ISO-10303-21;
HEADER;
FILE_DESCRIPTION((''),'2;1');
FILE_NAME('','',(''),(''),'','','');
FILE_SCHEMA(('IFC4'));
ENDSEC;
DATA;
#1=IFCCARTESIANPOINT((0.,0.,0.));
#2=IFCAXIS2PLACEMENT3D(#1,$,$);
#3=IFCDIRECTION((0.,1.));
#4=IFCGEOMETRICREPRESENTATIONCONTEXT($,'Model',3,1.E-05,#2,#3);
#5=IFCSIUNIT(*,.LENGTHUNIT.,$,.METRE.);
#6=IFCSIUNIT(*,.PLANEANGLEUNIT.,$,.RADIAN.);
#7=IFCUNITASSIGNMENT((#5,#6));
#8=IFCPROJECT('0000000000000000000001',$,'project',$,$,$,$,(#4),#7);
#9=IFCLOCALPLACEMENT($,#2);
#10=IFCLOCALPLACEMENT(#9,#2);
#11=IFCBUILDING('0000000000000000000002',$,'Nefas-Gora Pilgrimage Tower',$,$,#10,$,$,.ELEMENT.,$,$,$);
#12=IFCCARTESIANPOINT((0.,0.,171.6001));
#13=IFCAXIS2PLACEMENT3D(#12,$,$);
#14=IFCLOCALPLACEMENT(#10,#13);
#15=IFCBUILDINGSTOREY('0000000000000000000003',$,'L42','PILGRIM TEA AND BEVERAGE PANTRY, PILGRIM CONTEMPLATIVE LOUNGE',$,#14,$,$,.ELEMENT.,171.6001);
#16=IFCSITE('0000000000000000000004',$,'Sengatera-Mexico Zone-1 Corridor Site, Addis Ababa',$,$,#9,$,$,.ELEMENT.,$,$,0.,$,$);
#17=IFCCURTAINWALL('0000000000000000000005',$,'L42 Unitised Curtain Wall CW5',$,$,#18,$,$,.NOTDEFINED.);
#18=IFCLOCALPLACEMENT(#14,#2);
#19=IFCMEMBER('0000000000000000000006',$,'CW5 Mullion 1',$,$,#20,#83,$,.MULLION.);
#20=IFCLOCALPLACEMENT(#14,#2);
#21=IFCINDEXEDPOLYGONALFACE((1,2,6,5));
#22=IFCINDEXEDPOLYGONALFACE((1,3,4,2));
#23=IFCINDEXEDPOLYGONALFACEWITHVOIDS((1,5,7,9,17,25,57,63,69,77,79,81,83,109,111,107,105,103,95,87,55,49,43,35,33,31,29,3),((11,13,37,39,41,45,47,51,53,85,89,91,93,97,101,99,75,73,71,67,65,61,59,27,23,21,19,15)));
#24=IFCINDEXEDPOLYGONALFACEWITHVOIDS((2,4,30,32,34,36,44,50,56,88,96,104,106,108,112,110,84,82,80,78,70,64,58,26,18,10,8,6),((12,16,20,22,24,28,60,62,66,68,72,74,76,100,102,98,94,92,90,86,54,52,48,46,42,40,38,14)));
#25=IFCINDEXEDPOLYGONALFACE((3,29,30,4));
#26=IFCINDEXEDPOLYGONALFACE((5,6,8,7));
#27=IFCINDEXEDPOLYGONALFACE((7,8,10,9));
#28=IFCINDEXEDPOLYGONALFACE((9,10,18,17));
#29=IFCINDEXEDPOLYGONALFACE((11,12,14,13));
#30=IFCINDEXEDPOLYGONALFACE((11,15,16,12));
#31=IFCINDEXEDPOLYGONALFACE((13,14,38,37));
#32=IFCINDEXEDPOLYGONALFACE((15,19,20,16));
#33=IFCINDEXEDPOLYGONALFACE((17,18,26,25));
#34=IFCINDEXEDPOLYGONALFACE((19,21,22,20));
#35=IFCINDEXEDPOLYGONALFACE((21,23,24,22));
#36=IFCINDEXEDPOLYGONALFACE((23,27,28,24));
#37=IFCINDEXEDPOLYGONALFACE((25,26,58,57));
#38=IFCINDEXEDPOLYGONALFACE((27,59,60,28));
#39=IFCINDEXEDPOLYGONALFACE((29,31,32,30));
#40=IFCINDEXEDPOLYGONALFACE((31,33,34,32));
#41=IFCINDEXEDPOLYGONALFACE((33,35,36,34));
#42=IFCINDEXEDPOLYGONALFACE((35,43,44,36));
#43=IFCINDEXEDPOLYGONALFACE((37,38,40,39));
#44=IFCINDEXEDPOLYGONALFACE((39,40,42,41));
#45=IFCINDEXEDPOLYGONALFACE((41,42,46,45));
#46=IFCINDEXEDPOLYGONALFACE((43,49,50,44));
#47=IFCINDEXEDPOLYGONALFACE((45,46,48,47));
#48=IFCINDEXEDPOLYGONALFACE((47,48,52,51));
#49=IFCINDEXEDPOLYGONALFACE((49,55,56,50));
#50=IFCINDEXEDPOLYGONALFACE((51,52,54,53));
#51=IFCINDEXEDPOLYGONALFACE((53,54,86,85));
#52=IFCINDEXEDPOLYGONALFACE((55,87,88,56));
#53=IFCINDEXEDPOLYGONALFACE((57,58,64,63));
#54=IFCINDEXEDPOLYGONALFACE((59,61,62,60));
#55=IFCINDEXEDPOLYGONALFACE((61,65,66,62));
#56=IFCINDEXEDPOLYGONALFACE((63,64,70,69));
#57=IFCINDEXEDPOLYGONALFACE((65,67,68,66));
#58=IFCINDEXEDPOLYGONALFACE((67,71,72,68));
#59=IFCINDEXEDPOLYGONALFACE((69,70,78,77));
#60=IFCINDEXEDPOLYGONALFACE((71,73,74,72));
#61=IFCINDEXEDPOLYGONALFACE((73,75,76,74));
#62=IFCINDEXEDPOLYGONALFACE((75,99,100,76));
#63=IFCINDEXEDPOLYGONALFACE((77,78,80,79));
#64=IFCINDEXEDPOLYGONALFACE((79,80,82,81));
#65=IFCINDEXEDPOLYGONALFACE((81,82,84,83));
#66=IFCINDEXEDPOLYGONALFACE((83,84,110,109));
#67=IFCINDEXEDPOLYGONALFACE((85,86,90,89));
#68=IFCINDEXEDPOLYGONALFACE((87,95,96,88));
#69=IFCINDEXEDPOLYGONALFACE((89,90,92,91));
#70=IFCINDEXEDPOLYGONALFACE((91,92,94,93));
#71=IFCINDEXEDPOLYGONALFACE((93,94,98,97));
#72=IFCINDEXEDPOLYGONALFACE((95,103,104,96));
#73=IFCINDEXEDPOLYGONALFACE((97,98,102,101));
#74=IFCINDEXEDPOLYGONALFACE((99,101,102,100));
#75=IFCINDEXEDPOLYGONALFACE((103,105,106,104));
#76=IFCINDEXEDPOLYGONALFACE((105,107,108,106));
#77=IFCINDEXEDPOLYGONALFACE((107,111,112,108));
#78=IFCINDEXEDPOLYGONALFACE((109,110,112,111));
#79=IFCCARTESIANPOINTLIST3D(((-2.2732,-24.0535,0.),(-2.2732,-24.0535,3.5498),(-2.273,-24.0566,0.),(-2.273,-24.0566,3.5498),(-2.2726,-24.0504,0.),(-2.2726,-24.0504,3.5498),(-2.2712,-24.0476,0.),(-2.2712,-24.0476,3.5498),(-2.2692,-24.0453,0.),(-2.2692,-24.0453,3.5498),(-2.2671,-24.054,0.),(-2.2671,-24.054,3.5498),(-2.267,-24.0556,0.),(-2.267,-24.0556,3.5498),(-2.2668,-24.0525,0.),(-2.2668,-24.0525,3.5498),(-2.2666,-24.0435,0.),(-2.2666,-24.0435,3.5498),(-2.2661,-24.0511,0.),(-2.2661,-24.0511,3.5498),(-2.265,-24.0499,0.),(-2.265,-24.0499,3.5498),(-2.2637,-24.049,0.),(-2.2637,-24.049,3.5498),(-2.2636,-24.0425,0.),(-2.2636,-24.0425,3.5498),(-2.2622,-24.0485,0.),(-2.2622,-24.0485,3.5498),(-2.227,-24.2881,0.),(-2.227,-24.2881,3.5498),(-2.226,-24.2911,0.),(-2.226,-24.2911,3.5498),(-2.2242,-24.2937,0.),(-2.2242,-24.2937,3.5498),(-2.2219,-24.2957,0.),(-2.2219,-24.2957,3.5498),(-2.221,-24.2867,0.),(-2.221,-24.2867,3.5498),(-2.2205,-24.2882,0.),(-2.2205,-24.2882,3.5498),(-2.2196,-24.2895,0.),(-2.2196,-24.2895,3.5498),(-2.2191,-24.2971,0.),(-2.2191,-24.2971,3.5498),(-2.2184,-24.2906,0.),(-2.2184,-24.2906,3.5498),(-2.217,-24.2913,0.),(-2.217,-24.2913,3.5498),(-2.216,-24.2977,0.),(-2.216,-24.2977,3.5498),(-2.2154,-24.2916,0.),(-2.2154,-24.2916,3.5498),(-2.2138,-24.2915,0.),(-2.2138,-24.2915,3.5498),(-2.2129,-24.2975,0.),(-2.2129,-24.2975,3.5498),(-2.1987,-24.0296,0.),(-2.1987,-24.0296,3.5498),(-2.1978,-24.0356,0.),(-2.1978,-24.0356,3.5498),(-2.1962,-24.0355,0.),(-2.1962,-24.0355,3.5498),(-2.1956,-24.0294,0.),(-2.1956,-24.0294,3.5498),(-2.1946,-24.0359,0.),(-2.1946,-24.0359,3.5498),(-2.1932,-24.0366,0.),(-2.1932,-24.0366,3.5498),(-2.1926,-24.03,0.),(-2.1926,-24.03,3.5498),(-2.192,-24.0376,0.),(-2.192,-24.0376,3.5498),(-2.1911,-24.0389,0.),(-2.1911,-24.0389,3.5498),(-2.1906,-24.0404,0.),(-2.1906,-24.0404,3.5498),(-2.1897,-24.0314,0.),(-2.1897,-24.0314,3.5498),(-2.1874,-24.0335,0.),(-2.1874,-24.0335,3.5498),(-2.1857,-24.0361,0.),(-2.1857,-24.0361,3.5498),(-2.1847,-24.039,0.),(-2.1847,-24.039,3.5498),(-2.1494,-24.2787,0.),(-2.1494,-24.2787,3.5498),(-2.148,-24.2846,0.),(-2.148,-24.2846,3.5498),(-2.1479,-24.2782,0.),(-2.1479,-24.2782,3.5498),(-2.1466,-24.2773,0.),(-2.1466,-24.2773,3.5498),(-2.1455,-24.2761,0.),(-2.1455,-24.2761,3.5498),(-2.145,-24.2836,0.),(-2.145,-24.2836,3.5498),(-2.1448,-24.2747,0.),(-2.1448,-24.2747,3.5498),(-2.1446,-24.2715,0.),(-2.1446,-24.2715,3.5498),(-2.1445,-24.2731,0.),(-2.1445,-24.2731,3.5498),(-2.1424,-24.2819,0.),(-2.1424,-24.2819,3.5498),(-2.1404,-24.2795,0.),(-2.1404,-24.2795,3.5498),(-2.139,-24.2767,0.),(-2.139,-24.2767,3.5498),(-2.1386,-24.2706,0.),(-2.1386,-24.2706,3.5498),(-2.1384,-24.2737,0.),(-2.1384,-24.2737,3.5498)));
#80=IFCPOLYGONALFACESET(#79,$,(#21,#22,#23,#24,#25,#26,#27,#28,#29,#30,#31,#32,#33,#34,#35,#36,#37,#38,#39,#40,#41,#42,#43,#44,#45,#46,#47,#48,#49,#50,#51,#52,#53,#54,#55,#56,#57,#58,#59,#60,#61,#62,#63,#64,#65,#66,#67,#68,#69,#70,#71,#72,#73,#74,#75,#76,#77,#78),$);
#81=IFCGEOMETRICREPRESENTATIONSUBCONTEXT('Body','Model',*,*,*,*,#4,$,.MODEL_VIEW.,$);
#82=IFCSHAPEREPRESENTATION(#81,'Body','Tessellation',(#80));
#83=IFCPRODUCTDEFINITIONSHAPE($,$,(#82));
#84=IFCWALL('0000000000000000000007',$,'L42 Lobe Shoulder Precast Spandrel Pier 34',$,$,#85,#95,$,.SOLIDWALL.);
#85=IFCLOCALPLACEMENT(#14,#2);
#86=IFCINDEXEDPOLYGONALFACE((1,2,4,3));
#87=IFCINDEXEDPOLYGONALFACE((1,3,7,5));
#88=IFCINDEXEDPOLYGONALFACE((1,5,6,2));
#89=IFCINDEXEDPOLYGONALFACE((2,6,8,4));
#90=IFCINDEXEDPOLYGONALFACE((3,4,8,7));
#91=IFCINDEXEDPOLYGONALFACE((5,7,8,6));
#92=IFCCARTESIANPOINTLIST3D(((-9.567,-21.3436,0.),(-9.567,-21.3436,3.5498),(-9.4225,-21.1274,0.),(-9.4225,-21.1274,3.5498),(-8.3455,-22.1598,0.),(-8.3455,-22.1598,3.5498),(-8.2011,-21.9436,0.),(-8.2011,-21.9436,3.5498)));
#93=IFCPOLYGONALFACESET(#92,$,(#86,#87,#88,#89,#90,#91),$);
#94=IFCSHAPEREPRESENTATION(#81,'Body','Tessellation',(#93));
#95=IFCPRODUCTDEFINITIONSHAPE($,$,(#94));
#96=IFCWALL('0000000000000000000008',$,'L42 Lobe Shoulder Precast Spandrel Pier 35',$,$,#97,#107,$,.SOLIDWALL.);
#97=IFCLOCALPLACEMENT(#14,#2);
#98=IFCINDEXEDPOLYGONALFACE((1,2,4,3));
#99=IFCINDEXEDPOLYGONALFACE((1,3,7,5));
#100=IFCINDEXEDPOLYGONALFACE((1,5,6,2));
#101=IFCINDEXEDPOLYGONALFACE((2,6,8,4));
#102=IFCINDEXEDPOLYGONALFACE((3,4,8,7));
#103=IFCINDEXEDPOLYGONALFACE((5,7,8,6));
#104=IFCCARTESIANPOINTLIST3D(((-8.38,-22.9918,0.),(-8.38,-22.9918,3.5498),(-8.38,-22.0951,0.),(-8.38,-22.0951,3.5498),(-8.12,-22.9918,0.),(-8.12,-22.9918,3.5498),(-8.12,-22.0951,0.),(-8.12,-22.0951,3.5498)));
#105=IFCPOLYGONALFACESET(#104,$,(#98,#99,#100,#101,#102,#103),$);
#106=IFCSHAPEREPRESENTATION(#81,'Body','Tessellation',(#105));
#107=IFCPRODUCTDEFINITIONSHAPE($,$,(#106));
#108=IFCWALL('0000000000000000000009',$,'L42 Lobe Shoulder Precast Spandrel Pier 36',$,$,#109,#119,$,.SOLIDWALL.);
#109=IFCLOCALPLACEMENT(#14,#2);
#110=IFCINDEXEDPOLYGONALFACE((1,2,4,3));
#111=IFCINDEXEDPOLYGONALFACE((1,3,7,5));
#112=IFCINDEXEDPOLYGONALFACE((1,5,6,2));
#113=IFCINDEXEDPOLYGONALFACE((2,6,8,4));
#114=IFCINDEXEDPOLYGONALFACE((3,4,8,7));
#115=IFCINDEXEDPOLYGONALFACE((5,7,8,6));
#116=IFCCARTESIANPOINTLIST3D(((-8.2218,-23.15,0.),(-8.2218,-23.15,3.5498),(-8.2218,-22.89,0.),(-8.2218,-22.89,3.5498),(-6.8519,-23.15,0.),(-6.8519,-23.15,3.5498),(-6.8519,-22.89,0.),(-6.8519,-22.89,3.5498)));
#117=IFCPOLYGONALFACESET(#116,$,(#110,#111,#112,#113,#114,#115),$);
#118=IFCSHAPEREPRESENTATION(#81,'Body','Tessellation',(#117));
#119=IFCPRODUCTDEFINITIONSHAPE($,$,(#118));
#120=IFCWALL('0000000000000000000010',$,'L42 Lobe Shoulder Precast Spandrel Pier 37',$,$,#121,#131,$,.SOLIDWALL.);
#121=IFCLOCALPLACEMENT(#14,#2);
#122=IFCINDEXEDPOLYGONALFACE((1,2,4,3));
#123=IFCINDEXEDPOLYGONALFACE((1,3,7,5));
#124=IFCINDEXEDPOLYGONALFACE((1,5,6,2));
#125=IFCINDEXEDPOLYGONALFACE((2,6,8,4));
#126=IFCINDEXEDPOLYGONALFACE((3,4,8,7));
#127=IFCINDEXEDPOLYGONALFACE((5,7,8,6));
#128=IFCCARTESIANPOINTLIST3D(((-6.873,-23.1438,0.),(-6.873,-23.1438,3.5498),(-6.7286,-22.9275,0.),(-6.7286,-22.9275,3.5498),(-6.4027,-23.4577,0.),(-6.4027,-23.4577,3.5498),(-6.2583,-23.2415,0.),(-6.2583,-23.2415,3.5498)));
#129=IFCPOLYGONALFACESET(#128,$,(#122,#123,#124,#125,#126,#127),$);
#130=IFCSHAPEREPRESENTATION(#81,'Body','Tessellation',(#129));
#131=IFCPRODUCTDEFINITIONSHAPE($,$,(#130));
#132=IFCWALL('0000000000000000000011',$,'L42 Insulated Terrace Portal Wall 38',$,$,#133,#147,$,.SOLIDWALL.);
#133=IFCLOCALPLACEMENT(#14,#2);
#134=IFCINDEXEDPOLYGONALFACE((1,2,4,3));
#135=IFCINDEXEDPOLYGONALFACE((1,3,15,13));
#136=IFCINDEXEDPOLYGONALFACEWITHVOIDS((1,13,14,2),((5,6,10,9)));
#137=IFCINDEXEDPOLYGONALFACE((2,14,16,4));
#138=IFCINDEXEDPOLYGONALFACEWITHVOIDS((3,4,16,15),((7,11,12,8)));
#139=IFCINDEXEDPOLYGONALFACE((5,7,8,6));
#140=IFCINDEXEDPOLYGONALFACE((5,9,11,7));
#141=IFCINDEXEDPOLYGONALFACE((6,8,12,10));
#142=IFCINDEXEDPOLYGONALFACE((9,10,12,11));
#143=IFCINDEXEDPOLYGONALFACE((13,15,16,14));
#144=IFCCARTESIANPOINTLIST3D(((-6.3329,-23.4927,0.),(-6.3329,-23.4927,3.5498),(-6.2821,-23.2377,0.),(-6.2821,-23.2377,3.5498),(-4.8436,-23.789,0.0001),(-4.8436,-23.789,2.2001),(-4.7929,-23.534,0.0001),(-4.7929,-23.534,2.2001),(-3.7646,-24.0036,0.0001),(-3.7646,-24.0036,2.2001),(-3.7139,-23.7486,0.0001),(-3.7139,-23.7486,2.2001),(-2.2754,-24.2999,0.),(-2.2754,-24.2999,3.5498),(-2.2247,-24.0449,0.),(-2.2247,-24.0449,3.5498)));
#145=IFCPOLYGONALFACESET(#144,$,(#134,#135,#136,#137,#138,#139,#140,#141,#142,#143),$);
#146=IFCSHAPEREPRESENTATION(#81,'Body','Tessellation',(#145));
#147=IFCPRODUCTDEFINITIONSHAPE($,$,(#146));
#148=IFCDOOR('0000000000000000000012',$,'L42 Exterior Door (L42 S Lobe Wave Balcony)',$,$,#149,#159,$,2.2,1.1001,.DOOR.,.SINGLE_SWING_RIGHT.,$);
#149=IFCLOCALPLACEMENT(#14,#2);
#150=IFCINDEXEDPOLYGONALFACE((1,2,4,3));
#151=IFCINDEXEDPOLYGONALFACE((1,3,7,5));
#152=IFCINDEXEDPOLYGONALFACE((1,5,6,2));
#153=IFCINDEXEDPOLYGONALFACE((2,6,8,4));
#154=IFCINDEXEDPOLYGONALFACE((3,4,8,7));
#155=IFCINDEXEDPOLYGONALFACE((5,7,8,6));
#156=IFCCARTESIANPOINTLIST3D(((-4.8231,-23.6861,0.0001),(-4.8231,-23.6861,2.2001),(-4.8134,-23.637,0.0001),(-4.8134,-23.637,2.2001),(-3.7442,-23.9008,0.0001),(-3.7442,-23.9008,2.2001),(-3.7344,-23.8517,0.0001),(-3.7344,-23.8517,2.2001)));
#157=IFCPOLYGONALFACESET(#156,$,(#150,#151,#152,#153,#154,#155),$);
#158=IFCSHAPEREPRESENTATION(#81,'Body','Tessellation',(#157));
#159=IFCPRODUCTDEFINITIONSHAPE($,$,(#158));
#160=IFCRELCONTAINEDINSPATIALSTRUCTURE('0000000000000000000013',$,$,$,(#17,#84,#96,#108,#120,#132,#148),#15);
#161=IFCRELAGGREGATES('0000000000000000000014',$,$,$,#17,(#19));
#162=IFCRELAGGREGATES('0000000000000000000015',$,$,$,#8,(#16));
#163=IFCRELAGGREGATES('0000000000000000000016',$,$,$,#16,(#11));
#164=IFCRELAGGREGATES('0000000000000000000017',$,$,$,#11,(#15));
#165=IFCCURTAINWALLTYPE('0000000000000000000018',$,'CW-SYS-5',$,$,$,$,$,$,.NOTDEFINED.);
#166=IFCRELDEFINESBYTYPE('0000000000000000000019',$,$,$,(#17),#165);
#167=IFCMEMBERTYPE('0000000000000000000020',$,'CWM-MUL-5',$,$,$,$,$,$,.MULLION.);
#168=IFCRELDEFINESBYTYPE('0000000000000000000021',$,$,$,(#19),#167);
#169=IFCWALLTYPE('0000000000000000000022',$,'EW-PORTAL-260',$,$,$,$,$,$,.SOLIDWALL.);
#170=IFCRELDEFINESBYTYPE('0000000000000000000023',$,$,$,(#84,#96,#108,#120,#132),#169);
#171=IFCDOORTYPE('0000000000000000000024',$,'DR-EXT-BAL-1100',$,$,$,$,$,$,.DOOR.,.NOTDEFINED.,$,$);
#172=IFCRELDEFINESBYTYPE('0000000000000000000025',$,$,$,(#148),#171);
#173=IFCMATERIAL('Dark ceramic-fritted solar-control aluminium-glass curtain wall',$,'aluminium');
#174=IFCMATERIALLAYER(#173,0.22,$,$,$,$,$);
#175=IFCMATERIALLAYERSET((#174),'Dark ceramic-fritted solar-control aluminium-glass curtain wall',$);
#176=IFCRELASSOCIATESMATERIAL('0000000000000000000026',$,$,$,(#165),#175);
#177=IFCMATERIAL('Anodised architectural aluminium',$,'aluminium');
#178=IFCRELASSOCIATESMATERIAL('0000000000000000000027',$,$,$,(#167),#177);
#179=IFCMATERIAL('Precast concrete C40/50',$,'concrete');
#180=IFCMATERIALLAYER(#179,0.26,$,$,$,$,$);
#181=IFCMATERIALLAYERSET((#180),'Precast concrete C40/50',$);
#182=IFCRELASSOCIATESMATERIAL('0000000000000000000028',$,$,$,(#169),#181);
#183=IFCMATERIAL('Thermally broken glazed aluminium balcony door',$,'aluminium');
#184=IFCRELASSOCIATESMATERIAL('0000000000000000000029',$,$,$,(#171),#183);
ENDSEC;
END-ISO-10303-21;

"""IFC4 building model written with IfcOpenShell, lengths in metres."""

from ifc_helpers import new_model, si_unit, direction, frame, frame_2d, origin, origin_2d, place, context, subcontext, project, spatial, rectangle, hollow_rectangle, extrude, source, transform, mapped, material, layer, layer_set, material_profile, profile_set, type_object, element, fill, aggregate, save


model = new_model("IFC4")

# Units and contexts
model_context = context("Model", 3, precision=1e-05, world=origin(), true_north=direction((0.0, 1.0)))
body_context = subcontext(model_context, "Body", "Model", "MODEL_VIEW")
ifc_project = project(units=[si_unit("LENGTHUNIT", "METRE"), si_unit("PLANEANGLEUNIT", "RADIAN")], contexts=[model_context])

# Site, building, storey
site_placement = place(None, origin())
site = spatial("IfcSite", under=ifc_project, at=site_placement, Name="Sengatera-Mexico Zone-1 Corridor Site, Addis Ababa", CompositionType="ELEMENT", RefElevation=0.0)
building_placement = place(site_placement, origin())
building = spatial("IfcBuilding", under=site, at=building_placement, Name="Nefas-Gora Pilgrimage Tower", CompositionType="ELEMENT")
storey_placement = place(building_placement, frame((0.0, 0.0, 171.6001)))
storey = spatial("IfcBuildingStorey", under=building, at=storey_placement, Name="L42", Description="PILGRIM TEA AND BEVERAGE PANTRY, PILGRIM CONTEMPLATIVE LOUNGE", CompositionType="ELEMENT", Elevation=171.6001)

# Curtain wall
ifc_material_1 = material(Name="Dark ceramic-fritted solar-control aluminium-glass curtain wall", Category="aluminium")
ifc_layer_1 = layer(ifc_material_1, 0.22)
ifc_layer_set_1 = layer_set([ifc_layer_1], Name="Dark ceramic-fritted solar-control aluminium-glass curtain wall")
curtain_wall_type = type_object("IfcCurtainWallType", Name="CW-SYS-5", PredefinedType="NOTDEFINED", material=ifc_layer_set_1)
curtain_wall_1_placement = place(storey_placement, origin())
curtain_wall_1 = element("IfcCurtainWall", 1, at=curtain_wall_1_placement, inside=storey, type_object=curtain_wall_type, Name="L42 Unitised Curtain Wall CW5", PredefinedType="NOTDEFINED")
ifc_material_2 = material(Name="Anodised architectural aluminium", Category="aluminium")
ifc_material_profile_1 = material_profile(ifc_material_2, hollow_rectangle(XDim=0.0901, YDim=0.26, WallThickness=0.0061, InnerFilletRadius=0.0061, OuterFilletRadius=0.012, at=origin_2d()), Name="ALU MULLION 90x260")
ifc_profile_set_1 = profile_set([ifc_material_profile_1], Name="Anodised architectural aluminium")
member_type_1 = type_object("IfcMemberType", Name="CWM-MUL-5", PredefinedType="MULLION", material=ifc_profile_set_1)
shared_shape_1 = source(origin(), body_context, "Body", "SweptSolid", [
    extrude(hollow_rectangle(XDim=0.0901, YDim=0.26, WallThickness=0.0061, InnerFilletRadius=0.0061, OuterFilletRadius=0.012, at=origin_2d()), origin(), (0.0, 0.0, 1.0), 3.5498),
])

# Member
member_1_placement = place(storey_placement, frame((-2.2058, -24.1636, 0.0), z_axis=(0.0, 0.0, 1.0), x_axis=(0.980783, 0.195102, 0.0)))
member_1 = element("IfcMember", 2, at=member_1_placement, type_object=member_type_1, Name="CW5 Mullion 1", PredefinedType="MULLION", context=body_context, shape_type="MappedRepresentation", body=[
    mapped(shared_shape_1, transform((0.0, 0.0, 0.0), x_axis=(1.0, 0.0, 0.0), y_axis=(0.0, 1.0, 0.0), z_axis=(0.0, 0.0, 1.0), scale=1.0)),
])
aggregate(curtain_wall_1, [member_1])

# Walls
ifc_material_3 = material(Name="Precast concrete C40/50", Category="concrete")
ifc_layer_2 = layer(ifc_material_3, 0.26)
ifc_layer_set_2 = layer_set([ifc_layer_2], Name="Precast concrete C40/50")
wall_type_1 = type_object("IfcWallType", Name="EW-PORTAL-260", PredefinedType="SOLIDWALL", material=ifc_layer_set_2)
shared_shape_2 = source(origin(), body_context, "Body", "SweptSolid", [
    extrude(rectangle(XDim=1.469, YDim=0.26, at=frame_2d((0.7344, 0.0))), origin(), (0.0, 0.0, 1.0), 3.5498),
])
wall_1_placement = place(storey_placement, frame((-9.4946, -21.2356, 0.0), z_axis=(0.0, 0.0, 1.0), x_axis=(0.831462, -0.555582, 0.0)))
element("IfcWall", 3, at=wall_1_placement, inside=storey, type_object=wall_type_1, Name="L42 Lobe Shoulder Precast Spandrel Pier 34", PredefinedType="SOLIDWALL", context=body_context, shape_type="MappedRepresentation", body=[
    mapped(shared_shape_2, transform((0.0, 0.0, 0.0), x_axis=(1.0, 0.0, 0.0), y_axis=(0.0, 1.0, 0.0), z_axis=(0.0, 0.0, 1.0), scale=1.0)),
])
shared_shape_3 = source(origin(), body_context, "Body", "SweptSolid", [
    extrude(rectangle(XDim=0.8967, YDim=0.26, at=frame_2d((0.4482, 0.0))), origin(), (0.0, 0.0, 1.0), 3.5498),
])
wall_2_placement = place(storey_placement, frame((-8.25, -22.0952, 0.0), z_axis=(0.0, 0.0, 1.0), x_axis=(0.0, -1.0, 0.0)))
element("IfcWall", 4, at=wall_2_placement, inside=storey, type_object=wall_type_1, Name="L42 Lobe Shoulder Precast Spandrel Pier 35", PredefinedType="SOLIDWALL", context=body_context, shape_type="MappedRepresentation", body=[
    mapped(shared_shape_3, transform((0.0, 0.0, 0.0), x_axis=(1.0, 0.0, 0.0), y_axis=(0.0, 1.0, 0.0), z_axis=(0.0, 0.0, 1.0), scale=1.0)),
])
shared_shape_4 = source(origin(), body_context, "Body", "SweptSolid", [
    extrude(rectangle(XDim=1.3699, YDim=0.26, at=frame_2d((0.6851, 0.0))), origin(), (0.0, 0.0, 1.0), 3.5498),
])
wall_3_placement = place(storey_placement, frame((-8.2219, -23.02, 0.0), z_axis=(0.0, 0.0, 1.0), x_axis=(1.0, 0.0, 0.0)))
element("IfcWall", 5, at=wall_3_placement, inside=storey, type_object=wall_type_1, Name="L42 Lobe Shoulder Precast Spandrel Pier 36", PredefinedType="SOLIDWALL", context=body_context, shape_type="MappedRepresentation", body=[
    mapped(shared_shape_4, transform((0.0, 0.0, 0.0), x_axis=(1.0, 0.0, 0.0), y_axis=(0.0, 1.0, 0.0), z_axis=(0.0, 0.0, 1.0), scale=1.0)),
])
shared_shape_5 = source(origin(), body_context, "Body", "SweptSolid", [
    extrude(rectangle(XDim=0.5654, YDim=0.26, at=frame_2d((0.2827, 0.0))), origin(), (0.0, 0.0, 1.0), 3.5498),
])
wall_4_placement = place(storey_placement, frame((-6.8008, -23.0356, 0.0), z_axis=(0.0, 0.0, 1.0), x_axis=(0.831651, -0.555298, 0.0)))
element("IfcWall", 6, at=wall_4_placement, inside=storey, type_object=wall_type_1, Name="L42 Lobe Shoulder Precast Spandrel Pier 37", PredefinedType="SOLIDWALL", context=body_context, shape_type="MappedRepresentation", body=[
    mapped(shared_shape_5, transform((0.0, 0.0, 0.0), x_axis=(1.0, 0.0, 0.0), y_axis=(0.0, 1.0, 0.0), z_axis=(0.0, 0.0, 1.0), scale=1.0)),
])

# Wall, opening, door
shared_shape_6 = source(origin(), body_context, "Body", "SweptSolid", [
    extrude(rectangle(XDim=4.137, YDim=0.26, at=frame_2d((2.0684, 0.0))), origin(), (0.0, 0.0, 1.0), 3.5498),
])
wall_5_placement = place(storey_placement, frame((-6.3074, -23.3652, 0.0), z_axis=(0.0, 0.0, 1.0), x_axis=(0.980782, -0.195106, 0.0)))
wall_5 = element("IfcWall", 7, at=wall_5_placement, inside=storey, type_object=wall_type_1, Name="L42 Insulated Terrace Portal Wall 38", PredefinedType="SOLIDWALL", context=body_context, shape_type="MappedRepresentation", body=[
    mapped(shared_shape_6, transform((0.0, 0.0, 0.0), x_axis=(1.0, 0.0, 0.0), y_axis=(0.0, 1.0, 0.0), z_axis=(0.0, 0.0, 1.0), scale=1.0)),
])
opening_1_placement = place(wall_5_placement, frame((1.5183, 0.0, 0.0)))
opening_1 = element("IfcOpeningElement", 8, at=opening_1_placement, cuts=wall_5, PredefinedType="OPENING", context=body_context, shape_type="SweptSolid", body=[
    extrude(rectangle(XDim=1.1001, YDim=2.2, at=frame_2d((0.55, 1.1001))), frame((0.0, 0.1399, 0.0), z_axis=(0.0, -1.0, 0.0), x_axis=(1.0, 0.0, 0.0)), (0.0, 0.0, 1.0), 0.28),
])
ifc_material_4 = material(Name="Thermally broken glazed aluminium balcony door", Category="aluminium")
door_type_1 = type_object("IfcDoorType", Name="DR-EXT-BAL-1100", OperationType="NOTDEFINED", PredefinedType="DOOR", material=ifc_material_4)
shared_shape_7 = source(origin(), body_context, "Body", "SweptSolid", [
    extrude(rectangle(XDim=1.1001, YDim=2.2, at=frame_2d((0.55, 1.1001))), frame((0.0, 0.0249, 0.0), z_axis=(0.0, -1.0, 0.0), x_axis=(1.0, 0.0, 0.0)), (0.0, 0.0, 1.0), 0.05),
])
door_1_placement = place(opening_1_placement, origin())
door_1 = element("IfcDoor", 9, at=door_1_placement, inside=storey, type_object=door_type_1, Name="L42 Exterior Door (L42 S Lobe Wave Balcony)", OperationType="SINGLE_SWING_RIGHT", OverallHeight=2.2, OverallWidth=1.1001, PredefinedType="DOOR", context=body_context, shape_type="MappedRepresentation", body=[
    mapped(shared_shape_7, transform((0.0, 0.0, 0.0), x_axis=(1.0, 0.0, 0.0), y_axis=(0.0, 1.0, 0.0), z_axis=(0.0, 0.0, 1.0), scale=1.0)),
])
fill(opening_1, door_1)

save(model, "model.ifc")
